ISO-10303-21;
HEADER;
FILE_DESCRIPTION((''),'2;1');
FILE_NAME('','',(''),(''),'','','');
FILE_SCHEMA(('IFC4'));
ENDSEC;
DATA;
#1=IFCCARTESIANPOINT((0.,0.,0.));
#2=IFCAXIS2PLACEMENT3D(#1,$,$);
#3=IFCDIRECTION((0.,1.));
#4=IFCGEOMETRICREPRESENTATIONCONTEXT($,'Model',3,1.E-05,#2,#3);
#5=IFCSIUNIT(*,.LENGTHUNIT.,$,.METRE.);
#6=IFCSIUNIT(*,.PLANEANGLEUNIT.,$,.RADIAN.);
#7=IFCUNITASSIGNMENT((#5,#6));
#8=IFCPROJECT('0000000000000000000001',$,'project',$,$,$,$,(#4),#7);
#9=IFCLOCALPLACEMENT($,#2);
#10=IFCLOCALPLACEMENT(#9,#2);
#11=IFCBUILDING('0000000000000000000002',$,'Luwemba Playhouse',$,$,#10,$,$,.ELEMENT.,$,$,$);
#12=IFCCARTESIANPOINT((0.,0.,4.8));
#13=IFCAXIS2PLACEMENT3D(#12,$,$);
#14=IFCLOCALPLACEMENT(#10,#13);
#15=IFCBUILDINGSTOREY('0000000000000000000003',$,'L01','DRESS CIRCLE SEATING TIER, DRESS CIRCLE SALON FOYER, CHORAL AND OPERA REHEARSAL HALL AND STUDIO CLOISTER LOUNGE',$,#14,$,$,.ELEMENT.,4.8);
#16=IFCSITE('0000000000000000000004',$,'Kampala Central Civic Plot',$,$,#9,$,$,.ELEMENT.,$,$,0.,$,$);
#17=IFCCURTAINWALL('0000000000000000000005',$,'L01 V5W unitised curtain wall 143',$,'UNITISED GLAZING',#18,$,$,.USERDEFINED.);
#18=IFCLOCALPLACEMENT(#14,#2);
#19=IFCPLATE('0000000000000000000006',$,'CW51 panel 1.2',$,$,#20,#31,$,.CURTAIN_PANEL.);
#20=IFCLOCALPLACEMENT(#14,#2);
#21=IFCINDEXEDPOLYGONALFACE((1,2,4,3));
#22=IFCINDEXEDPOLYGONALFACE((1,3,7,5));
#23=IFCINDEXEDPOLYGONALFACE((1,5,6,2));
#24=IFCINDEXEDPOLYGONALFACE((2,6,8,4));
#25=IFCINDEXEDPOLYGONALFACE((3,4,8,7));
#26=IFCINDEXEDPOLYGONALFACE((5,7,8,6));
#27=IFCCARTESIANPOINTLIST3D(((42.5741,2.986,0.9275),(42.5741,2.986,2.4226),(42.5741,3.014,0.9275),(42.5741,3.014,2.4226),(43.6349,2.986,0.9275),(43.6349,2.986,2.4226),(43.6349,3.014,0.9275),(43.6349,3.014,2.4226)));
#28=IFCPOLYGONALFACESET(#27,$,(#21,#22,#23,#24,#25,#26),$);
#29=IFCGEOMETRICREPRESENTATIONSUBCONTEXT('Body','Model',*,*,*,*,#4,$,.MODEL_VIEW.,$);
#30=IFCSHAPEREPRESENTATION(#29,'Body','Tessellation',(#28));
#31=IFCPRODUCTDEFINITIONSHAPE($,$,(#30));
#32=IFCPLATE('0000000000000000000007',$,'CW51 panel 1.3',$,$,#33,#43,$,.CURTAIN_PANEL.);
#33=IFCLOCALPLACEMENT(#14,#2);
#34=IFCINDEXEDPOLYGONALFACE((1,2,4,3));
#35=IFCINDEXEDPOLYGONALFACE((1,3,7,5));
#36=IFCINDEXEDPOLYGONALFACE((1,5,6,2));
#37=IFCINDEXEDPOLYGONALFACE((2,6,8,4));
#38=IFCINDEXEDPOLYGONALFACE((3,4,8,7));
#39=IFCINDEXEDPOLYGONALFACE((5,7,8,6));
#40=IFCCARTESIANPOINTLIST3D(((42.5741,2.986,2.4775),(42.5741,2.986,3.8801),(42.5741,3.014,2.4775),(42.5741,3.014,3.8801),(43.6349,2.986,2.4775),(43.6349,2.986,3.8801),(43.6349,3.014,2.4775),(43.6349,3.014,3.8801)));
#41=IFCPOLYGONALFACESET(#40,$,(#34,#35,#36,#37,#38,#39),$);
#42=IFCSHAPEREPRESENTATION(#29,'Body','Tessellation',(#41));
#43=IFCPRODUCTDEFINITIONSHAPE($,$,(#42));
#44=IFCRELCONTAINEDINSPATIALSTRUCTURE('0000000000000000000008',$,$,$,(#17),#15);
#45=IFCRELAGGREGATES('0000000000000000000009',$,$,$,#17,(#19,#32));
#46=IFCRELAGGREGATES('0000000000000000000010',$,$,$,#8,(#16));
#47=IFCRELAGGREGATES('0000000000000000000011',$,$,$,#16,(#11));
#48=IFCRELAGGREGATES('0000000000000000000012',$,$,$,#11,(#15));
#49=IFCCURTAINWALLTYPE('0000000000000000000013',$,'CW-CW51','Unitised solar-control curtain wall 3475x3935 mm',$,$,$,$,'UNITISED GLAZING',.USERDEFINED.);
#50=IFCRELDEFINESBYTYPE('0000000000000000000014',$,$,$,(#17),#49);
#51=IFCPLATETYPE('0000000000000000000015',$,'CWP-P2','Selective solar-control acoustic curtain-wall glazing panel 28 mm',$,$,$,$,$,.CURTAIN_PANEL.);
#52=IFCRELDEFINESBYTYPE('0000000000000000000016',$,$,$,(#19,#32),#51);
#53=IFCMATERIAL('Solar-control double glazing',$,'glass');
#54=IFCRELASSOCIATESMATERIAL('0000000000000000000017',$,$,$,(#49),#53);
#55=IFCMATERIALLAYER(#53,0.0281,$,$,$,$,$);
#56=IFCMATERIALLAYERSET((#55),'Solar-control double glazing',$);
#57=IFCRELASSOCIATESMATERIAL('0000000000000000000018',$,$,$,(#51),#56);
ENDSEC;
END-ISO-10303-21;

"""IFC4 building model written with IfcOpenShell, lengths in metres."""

from ifc_helpers import new_model, si_unit, direction, frame, origin, origin_2d, place, context, subcontext, project, spatial, rectangle, extrude, material, layer, layer_set, type_object, element, aggregate, save


model = new_model("IFC4")

# Units and contexts
model_context = context("Model", 3, precision=1e-05, world=origin(), true_north=direction((0.0, 1.0)))
body_context = subcontext(model_context, "Body", "Model", "MODEL_VIEW")
ifc_project = project(units=[si_unit("LENGTHUNIT", "METRE"), si_unit("PLANEANGLEUNIT", "RADIAN")], contexts=[model_context])

# Site, building, storey
site_placement = place(None, origin())
site = spatial("IfcSite", under=ifc_project, at=site_placement, Name="Kampala Central Civic Plot", CompositionType="ELEMENT", RefElevation=0.0)
building_placement = place(site_placement, origin())
building = spatial("IfcBuilding", under=site, at=building_placement, Name="Luwemba Playhouse", CompositionType="ELEMENT")
storey_placement = place(building_placement, frame((0.0, 0.0, 4.8)))
storey = spatial("IfcBuildingStorey", under=building, at=storey_placement, Name="L01", Description="DRESS CIRCLE SEATING TIER, DRESS CIRCLE SALON FOYER, CHORAL AND OPERA REHEARSAL HALL AND STUDIO CLOISTER LOUNGE", CompositionType="ELEMENT", Elevation=4.8)

# Curtain wall
ifc_material_1 = material(Name="Solar-control double glazing", Category="glass")
curtain_wall_type_1 = type_object("IfcCurtainWallType", Name="CW-CW51", Description="Unitised solar-control curtain wall 3475x3935 mm", ElementType="UNITISED GLAZING", PredefinedType="USERDEFINED", material=ifc_material_1)
curtain_wall_1_placement = place(storey_placement, origin())
curtain_wall_1 = element("IfcCurtainWall", 1, at=curtain_wall_1_placement, inside=storey, type_object=curtain_wall_type_1, Name="L01 V5W unitised curtain wall 143", ObjectType="UNITISED GLAZING", PredefinedType="USERDEFINED")

# Plates
ifc_layer_1 = layer(ifc_material_1, 0.0281)
ifc_layer_set_1 = layer_set([ifc_layer_1], Name="Solar-control double glazing")
plate_type_1 = type_object("IfcPlateType", Name="CWP-P2", Description="Selective solar-control acoustic curtain-wall glazing panel 28 mm", PredefinedType="CURTAIN_PANEL", material=ifc_layer_set_1)
plate_1_placement = place(storey_placement, frame((43.1045, 3.0, 0.9275), z_axis=(0.0, 0.0, 1.0), x_axis=(-1.0, 0.0, 0.0)))
plate_1 = element("IfcPlate", 2, at=plate_1_placement, type_object=plate_type_1, Name="CW51 panel 1.2", PredefinedType="CURTAIN_PANEL", context=body_context, shape_type="SweptSolid", body=[
    extrude(rectangle(XDim=1.0608, YDim=0.0281, at=origin_2d()), origin(), (0.0, 0.0, 1.0), 1.4951),
])
plate_2_placement = place(storey_placement, frame((43.1045, 3.0, 2.4775), z_axis=(0.0, 0.0, 1.0), x_axis=(-1.0, 0.0, 0.0)))
plate_2 = element("IfcPlate", 3, at=plate_2_placement, type_object=plate_type_1, Name="CW51 panel 1.3", PredefinedType="CURTAIN_PANEL", context=body_context, shape_type="SweptSolid", body=[
    extrude(rectangle(XDim=1.0608, YDim=0.0281, at=origin_2d()), origin(), (0.0, 0.0, 1.0), 1.4026),
])
aggregate(curtain_wall_1, [plate_1, plate_2])

save(model, "model.ifc")
